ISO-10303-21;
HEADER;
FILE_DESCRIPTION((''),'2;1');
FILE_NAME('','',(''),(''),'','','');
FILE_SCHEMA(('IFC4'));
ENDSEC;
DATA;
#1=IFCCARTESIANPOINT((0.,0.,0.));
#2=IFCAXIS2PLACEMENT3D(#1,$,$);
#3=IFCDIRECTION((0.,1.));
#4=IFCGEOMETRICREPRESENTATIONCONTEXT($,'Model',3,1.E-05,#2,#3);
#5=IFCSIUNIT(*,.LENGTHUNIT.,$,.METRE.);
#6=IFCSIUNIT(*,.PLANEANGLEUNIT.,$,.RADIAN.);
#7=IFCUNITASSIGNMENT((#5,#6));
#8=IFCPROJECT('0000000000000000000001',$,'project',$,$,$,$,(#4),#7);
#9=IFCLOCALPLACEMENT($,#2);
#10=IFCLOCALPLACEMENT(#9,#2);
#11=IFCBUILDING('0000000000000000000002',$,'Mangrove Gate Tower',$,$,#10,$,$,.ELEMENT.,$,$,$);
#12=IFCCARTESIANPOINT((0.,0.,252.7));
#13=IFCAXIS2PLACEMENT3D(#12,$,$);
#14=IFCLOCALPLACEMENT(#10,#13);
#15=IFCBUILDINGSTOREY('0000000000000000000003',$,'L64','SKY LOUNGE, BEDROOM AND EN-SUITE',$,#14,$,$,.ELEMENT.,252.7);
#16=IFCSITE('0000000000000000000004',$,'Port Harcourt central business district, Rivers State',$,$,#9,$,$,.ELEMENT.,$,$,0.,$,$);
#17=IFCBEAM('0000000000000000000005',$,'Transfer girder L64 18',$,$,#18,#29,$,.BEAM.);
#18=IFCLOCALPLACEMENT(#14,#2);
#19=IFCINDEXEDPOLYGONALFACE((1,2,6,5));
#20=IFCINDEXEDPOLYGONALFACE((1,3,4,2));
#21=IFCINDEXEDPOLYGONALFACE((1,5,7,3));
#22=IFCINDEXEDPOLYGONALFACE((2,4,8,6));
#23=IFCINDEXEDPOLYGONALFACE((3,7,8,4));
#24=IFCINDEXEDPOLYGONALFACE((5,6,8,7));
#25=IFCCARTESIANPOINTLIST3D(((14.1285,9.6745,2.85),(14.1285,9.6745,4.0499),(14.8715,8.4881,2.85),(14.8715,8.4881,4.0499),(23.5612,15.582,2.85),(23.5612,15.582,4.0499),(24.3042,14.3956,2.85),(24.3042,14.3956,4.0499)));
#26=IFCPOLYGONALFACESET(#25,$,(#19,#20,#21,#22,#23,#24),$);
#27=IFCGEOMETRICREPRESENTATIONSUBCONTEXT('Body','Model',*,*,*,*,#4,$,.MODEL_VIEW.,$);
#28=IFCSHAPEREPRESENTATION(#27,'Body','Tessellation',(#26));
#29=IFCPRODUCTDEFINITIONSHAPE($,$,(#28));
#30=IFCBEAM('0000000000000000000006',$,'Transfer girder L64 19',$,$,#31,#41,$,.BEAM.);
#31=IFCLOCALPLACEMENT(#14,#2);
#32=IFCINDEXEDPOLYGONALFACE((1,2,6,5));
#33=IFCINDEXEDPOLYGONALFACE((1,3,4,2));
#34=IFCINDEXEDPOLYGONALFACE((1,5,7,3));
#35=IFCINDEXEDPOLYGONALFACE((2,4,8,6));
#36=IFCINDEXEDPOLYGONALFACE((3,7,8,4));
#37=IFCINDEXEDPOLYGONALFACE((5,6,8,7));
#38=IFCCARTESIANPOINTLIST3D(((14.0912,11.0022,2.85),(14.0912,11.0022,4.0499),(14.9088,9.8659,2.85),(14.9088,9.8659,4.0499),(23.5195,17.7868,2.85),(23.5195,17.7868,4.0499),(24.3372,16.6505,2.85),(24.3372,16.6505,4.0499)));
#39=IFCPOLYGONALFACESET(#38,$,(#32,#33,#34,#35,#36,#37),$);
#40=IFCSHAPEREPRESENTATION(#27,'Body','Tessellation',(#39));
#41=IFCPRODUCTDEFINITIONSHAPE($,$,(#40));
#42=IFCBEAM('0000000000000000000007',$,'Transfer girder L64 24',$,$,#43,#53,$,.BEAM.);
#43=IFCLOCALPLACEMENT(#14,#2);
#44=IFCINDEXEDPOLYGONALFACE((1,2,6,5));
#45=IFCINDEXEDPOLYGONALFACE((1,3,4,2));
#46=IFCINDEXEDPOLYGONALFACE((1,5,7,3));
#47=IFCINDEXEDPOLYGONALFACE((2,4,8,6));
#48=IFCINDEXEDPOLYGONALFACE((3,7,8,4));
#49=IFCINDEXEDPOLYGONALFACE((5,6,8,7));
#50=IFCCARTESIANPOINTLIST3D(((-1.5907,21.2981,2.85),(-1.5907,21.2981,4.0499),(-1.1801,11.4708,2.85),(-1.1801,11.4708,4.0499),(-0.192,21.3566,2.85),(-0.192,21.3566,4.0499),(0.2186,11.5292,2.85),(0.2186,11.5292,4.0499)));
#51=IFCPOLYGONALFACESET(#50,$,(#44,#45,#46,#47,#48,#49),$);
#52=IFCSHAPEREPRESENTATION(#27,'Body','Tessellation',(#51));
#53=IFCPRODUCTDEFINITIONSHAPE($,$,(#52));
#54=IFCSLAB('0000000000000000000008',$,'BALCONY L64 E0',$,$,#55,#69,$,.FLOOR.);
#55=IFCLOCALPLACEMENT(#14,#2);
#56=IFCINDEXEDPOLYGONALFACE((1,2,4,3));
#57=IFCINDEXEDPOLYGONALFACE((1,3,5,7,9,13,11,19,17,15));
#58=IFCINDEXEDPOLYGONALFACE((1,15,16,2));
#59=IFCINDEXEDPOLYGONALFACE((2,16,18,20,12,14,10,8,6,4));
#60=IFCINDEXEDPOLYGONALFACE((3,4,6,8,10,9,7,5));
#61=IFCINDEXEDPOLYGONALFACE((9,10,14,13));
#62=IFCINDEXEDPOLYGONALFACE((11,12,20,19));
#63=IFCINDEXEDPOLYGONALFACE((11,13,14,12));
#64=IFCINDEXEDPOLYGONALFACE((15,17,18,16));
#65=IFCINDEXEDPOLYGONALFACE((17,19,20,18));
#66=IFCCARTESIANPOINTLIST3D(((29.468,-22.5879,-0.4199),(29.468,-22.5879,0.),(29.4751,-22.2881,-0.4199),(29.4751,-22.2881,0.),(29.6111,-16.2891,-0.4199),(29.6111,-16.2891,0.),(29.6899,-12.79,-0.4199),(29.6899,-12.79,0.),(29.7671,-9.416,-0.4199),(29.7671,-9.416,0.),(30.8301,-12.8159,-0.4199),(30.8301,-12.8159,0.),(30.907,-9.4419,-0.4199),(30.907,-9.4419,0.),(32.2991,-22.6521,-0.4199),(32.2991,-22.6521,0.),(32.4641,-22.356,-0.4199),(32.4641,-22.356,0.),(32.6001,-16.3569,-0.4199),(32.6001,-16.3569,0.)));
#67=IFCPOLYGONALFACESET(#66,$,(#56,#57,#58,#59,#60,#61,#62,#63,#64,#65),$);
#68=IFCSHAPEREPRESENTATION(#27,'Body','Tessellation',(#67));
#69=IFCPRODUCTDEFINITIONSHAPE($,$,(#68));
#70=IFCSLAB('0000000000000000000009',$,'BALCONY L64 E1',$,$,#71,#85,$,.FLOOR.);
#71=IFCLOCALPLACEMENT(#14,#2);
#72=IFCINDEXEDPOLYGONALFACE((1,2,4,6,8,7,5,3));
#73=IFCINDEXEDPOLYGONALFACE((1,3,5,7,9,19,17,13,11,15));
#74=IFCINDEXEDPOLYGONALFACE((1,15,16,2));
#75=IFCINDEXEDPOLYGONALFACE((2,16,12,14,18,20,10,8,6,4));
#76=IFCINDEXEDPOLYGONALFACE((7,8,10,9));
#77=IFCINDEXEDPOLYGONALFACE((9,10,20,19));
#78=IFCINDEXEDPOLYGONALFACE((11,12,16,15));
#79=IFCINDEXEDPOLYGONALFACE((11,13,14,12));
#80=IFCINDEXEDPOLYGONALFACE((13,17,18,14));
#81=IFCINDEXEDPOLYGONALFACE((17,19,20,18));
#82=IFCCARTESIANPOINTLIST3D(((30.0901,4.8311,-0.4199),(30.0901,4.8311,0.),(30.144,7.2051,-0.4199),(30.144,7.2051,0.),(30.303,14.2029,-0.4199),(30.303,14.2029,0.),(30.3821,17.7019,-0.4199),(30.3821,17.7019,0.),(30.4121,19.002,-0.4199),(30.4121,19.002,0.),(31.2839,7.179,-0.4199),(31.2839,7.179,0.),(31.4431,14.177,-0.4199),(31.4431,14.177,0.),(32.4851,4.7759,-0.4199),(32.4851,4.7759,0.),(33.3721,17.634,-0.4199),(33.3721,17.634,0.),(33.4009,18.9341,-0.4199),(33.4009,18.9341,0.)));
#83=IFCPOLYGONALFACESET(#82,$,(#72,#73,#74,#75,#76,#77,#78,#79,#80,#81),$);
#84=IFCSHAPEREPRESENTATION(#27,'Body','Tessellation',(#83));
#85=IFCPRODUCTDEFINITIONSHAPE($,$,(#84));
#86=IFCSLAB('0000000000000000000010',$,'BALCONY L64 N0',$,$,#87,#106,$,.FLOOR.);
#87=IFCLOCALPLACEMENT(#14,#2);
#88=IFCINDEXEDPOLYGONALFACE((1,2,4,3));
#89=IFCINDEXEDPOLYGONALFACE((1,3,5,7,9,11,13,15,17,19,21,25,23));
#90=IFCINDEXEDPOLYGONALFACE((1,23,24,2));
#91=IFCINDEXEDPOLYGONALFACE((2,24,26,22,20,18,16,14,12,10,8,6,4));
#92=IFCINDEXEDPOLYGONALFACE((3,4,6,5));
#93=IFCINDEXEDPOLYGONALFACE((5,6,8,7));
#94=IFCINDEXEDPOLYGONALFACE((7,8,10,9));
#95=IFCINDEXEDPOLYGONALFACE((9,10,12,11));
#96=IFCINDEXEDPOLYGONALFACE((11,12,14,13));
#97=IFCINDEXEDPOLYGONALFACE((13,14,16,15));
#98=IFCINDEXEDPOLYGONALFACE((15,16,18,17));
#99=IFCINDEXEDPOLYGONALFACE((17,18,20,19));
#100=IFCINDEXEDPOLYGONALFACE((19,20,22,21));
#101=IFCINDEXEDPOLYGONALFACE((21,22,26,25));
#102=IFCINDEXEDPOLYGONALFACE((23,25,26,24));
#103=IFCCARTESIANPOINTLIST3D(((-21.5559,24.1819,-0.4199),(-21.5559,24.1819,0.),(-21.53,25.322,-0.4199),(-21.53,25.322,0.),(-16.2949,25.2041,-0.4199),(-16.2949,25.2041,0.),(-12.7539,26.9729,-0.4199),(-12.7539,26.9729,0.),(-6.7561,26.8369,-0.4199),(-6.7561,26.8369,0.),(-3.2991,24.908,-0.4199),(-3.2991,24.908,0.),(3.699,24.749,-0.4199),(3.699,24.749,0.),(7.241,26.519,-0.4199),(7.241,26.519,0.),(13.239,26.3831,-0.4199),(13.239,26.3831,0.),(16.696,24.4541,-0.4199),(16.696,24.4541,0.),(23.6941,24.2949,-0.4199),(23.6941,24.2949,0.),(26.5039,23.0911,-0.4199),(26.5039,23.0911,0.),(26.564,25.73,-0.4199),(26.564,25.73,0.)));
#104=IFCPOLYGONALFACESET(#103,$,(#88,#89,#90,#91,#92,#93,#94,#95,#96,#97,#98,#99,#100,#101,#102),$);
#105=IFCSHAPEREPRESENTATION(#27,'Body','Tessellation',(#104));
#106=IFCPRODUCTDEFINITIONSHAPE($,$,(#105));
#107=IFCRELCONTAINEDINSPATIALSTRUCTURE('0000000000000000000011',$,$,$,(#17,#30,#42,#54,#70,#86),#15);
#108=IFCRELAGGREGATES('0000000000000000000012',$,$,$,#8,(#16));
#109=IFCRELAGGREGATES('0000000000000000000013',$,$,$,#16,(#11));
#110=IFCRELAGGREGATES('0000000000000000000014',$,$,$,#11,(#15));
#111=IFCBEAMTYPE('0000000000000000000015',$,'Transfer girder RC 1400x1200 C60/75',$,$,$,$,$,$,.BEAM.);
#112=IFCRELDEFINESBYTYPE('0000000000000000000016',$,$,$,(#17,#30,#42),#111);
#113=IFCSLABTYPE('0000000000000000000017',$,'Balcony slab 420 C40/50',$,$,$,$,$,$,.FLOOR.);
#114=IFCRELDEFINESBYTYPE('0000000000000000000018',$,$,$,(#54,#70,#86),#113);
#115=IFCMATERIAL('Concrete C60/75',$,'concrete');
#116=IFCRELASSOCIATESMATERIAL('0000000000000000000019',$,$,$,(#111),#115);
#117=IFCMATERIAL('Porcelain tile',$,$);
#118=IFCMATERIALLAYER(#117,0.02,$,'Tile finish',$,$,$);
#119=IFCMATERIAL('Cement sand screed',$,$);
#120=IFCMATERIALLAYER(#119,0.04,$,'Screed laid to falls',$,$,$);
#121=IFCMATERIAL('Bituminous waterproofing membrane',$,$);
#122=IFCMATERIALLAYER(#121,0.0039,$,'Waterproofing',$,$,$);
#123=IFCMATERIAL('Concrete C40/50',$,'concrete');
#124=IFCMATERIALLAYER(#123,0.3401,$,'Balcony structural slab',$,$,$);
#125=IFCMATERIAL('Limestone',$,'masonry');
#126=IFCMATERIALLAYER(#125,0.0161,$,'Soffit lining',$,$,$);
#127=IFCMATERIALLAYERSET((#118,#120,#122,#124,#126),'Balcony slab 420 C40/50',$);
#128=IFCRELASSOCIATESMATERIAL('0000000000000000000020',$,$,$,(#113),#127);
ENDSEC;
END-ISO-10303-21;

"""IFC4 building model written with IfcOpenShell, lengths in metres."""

from ifc_helpers import new_model, si_unit, direction, frame, origin, origin_2d, place, context, subcontext, project, spatial, polyline, rectangle, outline, extrude, material, layer, layer_set, material_profile, profile_set, type_object, element, save


model = new_model("IFC4")

# Units and contexts
model_context = context("Model", 3, precision=1e-05, world=origin(), true_north=direction((0.0, 1.0)))
body_context = subcontext(model_context, "Body", "Model", "MODEL_VIEW")
ifc_project = project(units=[si_unit("LENGTHUNIT", "METRE"), si_unit("PLANEANGLEUNIT", "RADIAN")], contexts=[model_context])

# Site, building, storey
site_placement = place(None, origin())
site = spatial("IfcSite", under=ifc_project, at=site_placement, Name="Port Harcourt central business district, Rivers State", CompositionType="ELEMENT", RefElevation=0.0)
building_placement = place(site_placement, origin())
building = spatial("IfcBuilding", under=site, at=building_placement, Name="Mangrove Gate Tower", CompositionType="ELEMENT")
storey_placement = place(building_placement, frame((0.0, 0.0, 252.7)))
storey = spatial("IfcBuildingStorey", under=building, at=storey_placement, Name="L64", Description="SKY LOUNGE, BEDROOM AND EN-SUITE", CompositionType="ELEMENT", Elevation=252.7)

# Beams
ifc_material_1 = material(Name="Concrete C60/75", Category="concrete")
ifc_material_profile = material_profile(ifc_material_1, rectangle(XDim=1.3999, YDim=1.2, at=origin_2d()))
ifc_profile_set = profile_set([ifc_material_profile], Name="Concrete C60/75")
beam_type = type_object("IfcBeamType", Name="Transfer girder RC 1400x1200 C60/75", PredefinedType="BEAM", material=ifc_profile_set)
beam_1_placement = place(storey_placement, frame((14.5, 9.0813, 3.45), z_axis=(0.84751, 0.53078, 0.0), x_axis=(-0.53078, 0.84751, 0.0)))
element("IfcBeam", 1, at=beam_1_placement, inside=storey, type_object=beam_type, Name="Transfer girder L64 18", PredefinedType="BEAM", context=body_context, shape_type="SweptSolid", body=[
    extrude(rectangle(XDim=1.3999, YDim=1.2, at=origin_2d()), origin(), (0.0, 0.0, 1.0), 11.1299),
])
beam_2_placement = place(storey_placement, frame((14.5, 10.4341, 3.45), z_axis=(0.811691, 0.584088, 0.0), x_axis=(-0.584088, 0.811691, 0.0)))
element("IfcBeam", 2, at=beam_2_placement, inside=storey, type_object=beam_type, Name="Transfer girder L64 19", PredefinedType="BEAM", context=body_context, shape_type="SweptSolid", body=[
    extrude(rectangle(XDim=1.3999, YDim=1.2, at=origin_2d()), origin(), (0.0, 0.0, 1.0), 11.6157),
])
beam_3_placement = place(storey_placement, frame((-0.4807, 11.5, 3.45), z_axis=(-0.041749, 0.999128, 0.0), x_axis=(-0.999128, -0.041749, 0.0)))
element("IfcBeam", 3, at=beam_3_placement, inside=storey, type_object=beam_type, Name="Transfer girder L64 24", PredefinedType="BEAM", context=body_context, shape_type="SweptSolid", body=[
    extrude(rectangle(XDim=1.3999, YDim=1.2, at=origin_2d()), origin(), (0.0, 0.0, 1.0), 9.8359),
])

# Slabs
ifc_material_2 = material(Name="Porcelain tile")
ifc_layer_1 = layer(ifc_material_2, 0.02, Name="Tile finish")
ifc_material_3 = material(Name="Cement sand screed")
ifc_layer_2 = layer(ifc_material_3, 0.04, Name="Screed laid to falls")
ifc_material_4 = material(Name="Bituminous waterproofing membrane")
ifc_layer_3 = layer(ifc_material_4, 0.0039, Name="Waterproofing")
ifc_material_5 = material(Name="Concrete C40/50", Category="concrete")
ifc_layer_4 = layer(ifc_material_5, 0.3401, Name="Balcony structural slab")
ifc_material_6 = material(Name="Limestone", Category="masonry")
ifc_layer_5 = layer(ifc_material_6, 0.0161, Name="Soffit lining")
ifc_layer_set_1 = layer_set([ifc_layer_1, ifc_layer_2, ifc_layer_3, ifc_layer_4, ifc_layer_5], Name="Balcony slab 420 C40/50")
slab_type_1 = type_object("IfcSlabType", Name="Balcony slab 420 C40/50", PredefinedType="FLOOR", material=ifc_layer_set_1)
slab_1_placement = place(storey_placement, frame((0.0, 0.0, -0.4199)))
element("IfcSlab", 4, at=slab_1_placement, inside=storey, type_object=slab_type_1, Name="BALCONY L64 E0", PredefinedType="FLOOR", context=body_context, shape_type="SweptSolid", body=[
    extrude(outline(polyline([(32.2991, -22.6521), (32.4641, -22.356), (32.6001, -16.3569), (30.8301, -12.8159), (30.907, -9.4419), (29.7671, -9.416), (29.6899, -12.79), (29.6111, -16.2891), (29.4751, -22.2881), (29.468, -22.5879), (32.2991, -22.6521)])), origin(), (0.0, 0.0, 1.0), 0.4199),
])
slab_2_placement = place(storey_placement, frame((0.0, 0.0, -0.4199)))
element("IfcSlab", 5, at=slab_2_placement, inside=storey, type_object=slab_type_1, Name="BALCONY L64 E1", PredefinedType="FLOOR", context=body_context, shape_type="SweptSolid", body=[
    extrude(outline(polyline([(32.4851, 4.7759), (31.2839, 7.179), (31.4431, 14.177), (33.3721, 17.634), (33.4009, 18.9341), (30.4121, 19.002), (30.3821, 17.7019), (30.303, 14.2029), (30.144, 7.2051), (30.0901, 4.8311), (32.4851, 4.7759)])), origin(), (0.0, 0.0, 1.0), 0.4199),
])
slab_3_placement = place(storey_placement, frame((0.0, 0.0, -0.4199)))
element("IfcSlab", 6, at=slab_3_placement, inside=storey, type_object=slab_type_1, Name="BALCONY L64 N0", PredefinedType="FLOOR", context=body_context, shape_type="SweptSolid", body=[
    extrude(outline(polyline([(26.564, 25.73), (23.6941, 24.2949), (16.696, 24.4541), (13.239, 26.3831), (7.241, 26.519), (3.699, 24.749), (-3.2991, 24.908), (-6.7561, 26.8369), (-12.7539, 26.9729), (-16.2949, 25.2041), (-21.53, 25.322), (-21.5559, 24.1819), (26.5039, 23.0911), (26.564, 25.73)])), origin(), (0.0, 0.0, 1.0), 0.4199),
])

save(model, "model.ifc")
